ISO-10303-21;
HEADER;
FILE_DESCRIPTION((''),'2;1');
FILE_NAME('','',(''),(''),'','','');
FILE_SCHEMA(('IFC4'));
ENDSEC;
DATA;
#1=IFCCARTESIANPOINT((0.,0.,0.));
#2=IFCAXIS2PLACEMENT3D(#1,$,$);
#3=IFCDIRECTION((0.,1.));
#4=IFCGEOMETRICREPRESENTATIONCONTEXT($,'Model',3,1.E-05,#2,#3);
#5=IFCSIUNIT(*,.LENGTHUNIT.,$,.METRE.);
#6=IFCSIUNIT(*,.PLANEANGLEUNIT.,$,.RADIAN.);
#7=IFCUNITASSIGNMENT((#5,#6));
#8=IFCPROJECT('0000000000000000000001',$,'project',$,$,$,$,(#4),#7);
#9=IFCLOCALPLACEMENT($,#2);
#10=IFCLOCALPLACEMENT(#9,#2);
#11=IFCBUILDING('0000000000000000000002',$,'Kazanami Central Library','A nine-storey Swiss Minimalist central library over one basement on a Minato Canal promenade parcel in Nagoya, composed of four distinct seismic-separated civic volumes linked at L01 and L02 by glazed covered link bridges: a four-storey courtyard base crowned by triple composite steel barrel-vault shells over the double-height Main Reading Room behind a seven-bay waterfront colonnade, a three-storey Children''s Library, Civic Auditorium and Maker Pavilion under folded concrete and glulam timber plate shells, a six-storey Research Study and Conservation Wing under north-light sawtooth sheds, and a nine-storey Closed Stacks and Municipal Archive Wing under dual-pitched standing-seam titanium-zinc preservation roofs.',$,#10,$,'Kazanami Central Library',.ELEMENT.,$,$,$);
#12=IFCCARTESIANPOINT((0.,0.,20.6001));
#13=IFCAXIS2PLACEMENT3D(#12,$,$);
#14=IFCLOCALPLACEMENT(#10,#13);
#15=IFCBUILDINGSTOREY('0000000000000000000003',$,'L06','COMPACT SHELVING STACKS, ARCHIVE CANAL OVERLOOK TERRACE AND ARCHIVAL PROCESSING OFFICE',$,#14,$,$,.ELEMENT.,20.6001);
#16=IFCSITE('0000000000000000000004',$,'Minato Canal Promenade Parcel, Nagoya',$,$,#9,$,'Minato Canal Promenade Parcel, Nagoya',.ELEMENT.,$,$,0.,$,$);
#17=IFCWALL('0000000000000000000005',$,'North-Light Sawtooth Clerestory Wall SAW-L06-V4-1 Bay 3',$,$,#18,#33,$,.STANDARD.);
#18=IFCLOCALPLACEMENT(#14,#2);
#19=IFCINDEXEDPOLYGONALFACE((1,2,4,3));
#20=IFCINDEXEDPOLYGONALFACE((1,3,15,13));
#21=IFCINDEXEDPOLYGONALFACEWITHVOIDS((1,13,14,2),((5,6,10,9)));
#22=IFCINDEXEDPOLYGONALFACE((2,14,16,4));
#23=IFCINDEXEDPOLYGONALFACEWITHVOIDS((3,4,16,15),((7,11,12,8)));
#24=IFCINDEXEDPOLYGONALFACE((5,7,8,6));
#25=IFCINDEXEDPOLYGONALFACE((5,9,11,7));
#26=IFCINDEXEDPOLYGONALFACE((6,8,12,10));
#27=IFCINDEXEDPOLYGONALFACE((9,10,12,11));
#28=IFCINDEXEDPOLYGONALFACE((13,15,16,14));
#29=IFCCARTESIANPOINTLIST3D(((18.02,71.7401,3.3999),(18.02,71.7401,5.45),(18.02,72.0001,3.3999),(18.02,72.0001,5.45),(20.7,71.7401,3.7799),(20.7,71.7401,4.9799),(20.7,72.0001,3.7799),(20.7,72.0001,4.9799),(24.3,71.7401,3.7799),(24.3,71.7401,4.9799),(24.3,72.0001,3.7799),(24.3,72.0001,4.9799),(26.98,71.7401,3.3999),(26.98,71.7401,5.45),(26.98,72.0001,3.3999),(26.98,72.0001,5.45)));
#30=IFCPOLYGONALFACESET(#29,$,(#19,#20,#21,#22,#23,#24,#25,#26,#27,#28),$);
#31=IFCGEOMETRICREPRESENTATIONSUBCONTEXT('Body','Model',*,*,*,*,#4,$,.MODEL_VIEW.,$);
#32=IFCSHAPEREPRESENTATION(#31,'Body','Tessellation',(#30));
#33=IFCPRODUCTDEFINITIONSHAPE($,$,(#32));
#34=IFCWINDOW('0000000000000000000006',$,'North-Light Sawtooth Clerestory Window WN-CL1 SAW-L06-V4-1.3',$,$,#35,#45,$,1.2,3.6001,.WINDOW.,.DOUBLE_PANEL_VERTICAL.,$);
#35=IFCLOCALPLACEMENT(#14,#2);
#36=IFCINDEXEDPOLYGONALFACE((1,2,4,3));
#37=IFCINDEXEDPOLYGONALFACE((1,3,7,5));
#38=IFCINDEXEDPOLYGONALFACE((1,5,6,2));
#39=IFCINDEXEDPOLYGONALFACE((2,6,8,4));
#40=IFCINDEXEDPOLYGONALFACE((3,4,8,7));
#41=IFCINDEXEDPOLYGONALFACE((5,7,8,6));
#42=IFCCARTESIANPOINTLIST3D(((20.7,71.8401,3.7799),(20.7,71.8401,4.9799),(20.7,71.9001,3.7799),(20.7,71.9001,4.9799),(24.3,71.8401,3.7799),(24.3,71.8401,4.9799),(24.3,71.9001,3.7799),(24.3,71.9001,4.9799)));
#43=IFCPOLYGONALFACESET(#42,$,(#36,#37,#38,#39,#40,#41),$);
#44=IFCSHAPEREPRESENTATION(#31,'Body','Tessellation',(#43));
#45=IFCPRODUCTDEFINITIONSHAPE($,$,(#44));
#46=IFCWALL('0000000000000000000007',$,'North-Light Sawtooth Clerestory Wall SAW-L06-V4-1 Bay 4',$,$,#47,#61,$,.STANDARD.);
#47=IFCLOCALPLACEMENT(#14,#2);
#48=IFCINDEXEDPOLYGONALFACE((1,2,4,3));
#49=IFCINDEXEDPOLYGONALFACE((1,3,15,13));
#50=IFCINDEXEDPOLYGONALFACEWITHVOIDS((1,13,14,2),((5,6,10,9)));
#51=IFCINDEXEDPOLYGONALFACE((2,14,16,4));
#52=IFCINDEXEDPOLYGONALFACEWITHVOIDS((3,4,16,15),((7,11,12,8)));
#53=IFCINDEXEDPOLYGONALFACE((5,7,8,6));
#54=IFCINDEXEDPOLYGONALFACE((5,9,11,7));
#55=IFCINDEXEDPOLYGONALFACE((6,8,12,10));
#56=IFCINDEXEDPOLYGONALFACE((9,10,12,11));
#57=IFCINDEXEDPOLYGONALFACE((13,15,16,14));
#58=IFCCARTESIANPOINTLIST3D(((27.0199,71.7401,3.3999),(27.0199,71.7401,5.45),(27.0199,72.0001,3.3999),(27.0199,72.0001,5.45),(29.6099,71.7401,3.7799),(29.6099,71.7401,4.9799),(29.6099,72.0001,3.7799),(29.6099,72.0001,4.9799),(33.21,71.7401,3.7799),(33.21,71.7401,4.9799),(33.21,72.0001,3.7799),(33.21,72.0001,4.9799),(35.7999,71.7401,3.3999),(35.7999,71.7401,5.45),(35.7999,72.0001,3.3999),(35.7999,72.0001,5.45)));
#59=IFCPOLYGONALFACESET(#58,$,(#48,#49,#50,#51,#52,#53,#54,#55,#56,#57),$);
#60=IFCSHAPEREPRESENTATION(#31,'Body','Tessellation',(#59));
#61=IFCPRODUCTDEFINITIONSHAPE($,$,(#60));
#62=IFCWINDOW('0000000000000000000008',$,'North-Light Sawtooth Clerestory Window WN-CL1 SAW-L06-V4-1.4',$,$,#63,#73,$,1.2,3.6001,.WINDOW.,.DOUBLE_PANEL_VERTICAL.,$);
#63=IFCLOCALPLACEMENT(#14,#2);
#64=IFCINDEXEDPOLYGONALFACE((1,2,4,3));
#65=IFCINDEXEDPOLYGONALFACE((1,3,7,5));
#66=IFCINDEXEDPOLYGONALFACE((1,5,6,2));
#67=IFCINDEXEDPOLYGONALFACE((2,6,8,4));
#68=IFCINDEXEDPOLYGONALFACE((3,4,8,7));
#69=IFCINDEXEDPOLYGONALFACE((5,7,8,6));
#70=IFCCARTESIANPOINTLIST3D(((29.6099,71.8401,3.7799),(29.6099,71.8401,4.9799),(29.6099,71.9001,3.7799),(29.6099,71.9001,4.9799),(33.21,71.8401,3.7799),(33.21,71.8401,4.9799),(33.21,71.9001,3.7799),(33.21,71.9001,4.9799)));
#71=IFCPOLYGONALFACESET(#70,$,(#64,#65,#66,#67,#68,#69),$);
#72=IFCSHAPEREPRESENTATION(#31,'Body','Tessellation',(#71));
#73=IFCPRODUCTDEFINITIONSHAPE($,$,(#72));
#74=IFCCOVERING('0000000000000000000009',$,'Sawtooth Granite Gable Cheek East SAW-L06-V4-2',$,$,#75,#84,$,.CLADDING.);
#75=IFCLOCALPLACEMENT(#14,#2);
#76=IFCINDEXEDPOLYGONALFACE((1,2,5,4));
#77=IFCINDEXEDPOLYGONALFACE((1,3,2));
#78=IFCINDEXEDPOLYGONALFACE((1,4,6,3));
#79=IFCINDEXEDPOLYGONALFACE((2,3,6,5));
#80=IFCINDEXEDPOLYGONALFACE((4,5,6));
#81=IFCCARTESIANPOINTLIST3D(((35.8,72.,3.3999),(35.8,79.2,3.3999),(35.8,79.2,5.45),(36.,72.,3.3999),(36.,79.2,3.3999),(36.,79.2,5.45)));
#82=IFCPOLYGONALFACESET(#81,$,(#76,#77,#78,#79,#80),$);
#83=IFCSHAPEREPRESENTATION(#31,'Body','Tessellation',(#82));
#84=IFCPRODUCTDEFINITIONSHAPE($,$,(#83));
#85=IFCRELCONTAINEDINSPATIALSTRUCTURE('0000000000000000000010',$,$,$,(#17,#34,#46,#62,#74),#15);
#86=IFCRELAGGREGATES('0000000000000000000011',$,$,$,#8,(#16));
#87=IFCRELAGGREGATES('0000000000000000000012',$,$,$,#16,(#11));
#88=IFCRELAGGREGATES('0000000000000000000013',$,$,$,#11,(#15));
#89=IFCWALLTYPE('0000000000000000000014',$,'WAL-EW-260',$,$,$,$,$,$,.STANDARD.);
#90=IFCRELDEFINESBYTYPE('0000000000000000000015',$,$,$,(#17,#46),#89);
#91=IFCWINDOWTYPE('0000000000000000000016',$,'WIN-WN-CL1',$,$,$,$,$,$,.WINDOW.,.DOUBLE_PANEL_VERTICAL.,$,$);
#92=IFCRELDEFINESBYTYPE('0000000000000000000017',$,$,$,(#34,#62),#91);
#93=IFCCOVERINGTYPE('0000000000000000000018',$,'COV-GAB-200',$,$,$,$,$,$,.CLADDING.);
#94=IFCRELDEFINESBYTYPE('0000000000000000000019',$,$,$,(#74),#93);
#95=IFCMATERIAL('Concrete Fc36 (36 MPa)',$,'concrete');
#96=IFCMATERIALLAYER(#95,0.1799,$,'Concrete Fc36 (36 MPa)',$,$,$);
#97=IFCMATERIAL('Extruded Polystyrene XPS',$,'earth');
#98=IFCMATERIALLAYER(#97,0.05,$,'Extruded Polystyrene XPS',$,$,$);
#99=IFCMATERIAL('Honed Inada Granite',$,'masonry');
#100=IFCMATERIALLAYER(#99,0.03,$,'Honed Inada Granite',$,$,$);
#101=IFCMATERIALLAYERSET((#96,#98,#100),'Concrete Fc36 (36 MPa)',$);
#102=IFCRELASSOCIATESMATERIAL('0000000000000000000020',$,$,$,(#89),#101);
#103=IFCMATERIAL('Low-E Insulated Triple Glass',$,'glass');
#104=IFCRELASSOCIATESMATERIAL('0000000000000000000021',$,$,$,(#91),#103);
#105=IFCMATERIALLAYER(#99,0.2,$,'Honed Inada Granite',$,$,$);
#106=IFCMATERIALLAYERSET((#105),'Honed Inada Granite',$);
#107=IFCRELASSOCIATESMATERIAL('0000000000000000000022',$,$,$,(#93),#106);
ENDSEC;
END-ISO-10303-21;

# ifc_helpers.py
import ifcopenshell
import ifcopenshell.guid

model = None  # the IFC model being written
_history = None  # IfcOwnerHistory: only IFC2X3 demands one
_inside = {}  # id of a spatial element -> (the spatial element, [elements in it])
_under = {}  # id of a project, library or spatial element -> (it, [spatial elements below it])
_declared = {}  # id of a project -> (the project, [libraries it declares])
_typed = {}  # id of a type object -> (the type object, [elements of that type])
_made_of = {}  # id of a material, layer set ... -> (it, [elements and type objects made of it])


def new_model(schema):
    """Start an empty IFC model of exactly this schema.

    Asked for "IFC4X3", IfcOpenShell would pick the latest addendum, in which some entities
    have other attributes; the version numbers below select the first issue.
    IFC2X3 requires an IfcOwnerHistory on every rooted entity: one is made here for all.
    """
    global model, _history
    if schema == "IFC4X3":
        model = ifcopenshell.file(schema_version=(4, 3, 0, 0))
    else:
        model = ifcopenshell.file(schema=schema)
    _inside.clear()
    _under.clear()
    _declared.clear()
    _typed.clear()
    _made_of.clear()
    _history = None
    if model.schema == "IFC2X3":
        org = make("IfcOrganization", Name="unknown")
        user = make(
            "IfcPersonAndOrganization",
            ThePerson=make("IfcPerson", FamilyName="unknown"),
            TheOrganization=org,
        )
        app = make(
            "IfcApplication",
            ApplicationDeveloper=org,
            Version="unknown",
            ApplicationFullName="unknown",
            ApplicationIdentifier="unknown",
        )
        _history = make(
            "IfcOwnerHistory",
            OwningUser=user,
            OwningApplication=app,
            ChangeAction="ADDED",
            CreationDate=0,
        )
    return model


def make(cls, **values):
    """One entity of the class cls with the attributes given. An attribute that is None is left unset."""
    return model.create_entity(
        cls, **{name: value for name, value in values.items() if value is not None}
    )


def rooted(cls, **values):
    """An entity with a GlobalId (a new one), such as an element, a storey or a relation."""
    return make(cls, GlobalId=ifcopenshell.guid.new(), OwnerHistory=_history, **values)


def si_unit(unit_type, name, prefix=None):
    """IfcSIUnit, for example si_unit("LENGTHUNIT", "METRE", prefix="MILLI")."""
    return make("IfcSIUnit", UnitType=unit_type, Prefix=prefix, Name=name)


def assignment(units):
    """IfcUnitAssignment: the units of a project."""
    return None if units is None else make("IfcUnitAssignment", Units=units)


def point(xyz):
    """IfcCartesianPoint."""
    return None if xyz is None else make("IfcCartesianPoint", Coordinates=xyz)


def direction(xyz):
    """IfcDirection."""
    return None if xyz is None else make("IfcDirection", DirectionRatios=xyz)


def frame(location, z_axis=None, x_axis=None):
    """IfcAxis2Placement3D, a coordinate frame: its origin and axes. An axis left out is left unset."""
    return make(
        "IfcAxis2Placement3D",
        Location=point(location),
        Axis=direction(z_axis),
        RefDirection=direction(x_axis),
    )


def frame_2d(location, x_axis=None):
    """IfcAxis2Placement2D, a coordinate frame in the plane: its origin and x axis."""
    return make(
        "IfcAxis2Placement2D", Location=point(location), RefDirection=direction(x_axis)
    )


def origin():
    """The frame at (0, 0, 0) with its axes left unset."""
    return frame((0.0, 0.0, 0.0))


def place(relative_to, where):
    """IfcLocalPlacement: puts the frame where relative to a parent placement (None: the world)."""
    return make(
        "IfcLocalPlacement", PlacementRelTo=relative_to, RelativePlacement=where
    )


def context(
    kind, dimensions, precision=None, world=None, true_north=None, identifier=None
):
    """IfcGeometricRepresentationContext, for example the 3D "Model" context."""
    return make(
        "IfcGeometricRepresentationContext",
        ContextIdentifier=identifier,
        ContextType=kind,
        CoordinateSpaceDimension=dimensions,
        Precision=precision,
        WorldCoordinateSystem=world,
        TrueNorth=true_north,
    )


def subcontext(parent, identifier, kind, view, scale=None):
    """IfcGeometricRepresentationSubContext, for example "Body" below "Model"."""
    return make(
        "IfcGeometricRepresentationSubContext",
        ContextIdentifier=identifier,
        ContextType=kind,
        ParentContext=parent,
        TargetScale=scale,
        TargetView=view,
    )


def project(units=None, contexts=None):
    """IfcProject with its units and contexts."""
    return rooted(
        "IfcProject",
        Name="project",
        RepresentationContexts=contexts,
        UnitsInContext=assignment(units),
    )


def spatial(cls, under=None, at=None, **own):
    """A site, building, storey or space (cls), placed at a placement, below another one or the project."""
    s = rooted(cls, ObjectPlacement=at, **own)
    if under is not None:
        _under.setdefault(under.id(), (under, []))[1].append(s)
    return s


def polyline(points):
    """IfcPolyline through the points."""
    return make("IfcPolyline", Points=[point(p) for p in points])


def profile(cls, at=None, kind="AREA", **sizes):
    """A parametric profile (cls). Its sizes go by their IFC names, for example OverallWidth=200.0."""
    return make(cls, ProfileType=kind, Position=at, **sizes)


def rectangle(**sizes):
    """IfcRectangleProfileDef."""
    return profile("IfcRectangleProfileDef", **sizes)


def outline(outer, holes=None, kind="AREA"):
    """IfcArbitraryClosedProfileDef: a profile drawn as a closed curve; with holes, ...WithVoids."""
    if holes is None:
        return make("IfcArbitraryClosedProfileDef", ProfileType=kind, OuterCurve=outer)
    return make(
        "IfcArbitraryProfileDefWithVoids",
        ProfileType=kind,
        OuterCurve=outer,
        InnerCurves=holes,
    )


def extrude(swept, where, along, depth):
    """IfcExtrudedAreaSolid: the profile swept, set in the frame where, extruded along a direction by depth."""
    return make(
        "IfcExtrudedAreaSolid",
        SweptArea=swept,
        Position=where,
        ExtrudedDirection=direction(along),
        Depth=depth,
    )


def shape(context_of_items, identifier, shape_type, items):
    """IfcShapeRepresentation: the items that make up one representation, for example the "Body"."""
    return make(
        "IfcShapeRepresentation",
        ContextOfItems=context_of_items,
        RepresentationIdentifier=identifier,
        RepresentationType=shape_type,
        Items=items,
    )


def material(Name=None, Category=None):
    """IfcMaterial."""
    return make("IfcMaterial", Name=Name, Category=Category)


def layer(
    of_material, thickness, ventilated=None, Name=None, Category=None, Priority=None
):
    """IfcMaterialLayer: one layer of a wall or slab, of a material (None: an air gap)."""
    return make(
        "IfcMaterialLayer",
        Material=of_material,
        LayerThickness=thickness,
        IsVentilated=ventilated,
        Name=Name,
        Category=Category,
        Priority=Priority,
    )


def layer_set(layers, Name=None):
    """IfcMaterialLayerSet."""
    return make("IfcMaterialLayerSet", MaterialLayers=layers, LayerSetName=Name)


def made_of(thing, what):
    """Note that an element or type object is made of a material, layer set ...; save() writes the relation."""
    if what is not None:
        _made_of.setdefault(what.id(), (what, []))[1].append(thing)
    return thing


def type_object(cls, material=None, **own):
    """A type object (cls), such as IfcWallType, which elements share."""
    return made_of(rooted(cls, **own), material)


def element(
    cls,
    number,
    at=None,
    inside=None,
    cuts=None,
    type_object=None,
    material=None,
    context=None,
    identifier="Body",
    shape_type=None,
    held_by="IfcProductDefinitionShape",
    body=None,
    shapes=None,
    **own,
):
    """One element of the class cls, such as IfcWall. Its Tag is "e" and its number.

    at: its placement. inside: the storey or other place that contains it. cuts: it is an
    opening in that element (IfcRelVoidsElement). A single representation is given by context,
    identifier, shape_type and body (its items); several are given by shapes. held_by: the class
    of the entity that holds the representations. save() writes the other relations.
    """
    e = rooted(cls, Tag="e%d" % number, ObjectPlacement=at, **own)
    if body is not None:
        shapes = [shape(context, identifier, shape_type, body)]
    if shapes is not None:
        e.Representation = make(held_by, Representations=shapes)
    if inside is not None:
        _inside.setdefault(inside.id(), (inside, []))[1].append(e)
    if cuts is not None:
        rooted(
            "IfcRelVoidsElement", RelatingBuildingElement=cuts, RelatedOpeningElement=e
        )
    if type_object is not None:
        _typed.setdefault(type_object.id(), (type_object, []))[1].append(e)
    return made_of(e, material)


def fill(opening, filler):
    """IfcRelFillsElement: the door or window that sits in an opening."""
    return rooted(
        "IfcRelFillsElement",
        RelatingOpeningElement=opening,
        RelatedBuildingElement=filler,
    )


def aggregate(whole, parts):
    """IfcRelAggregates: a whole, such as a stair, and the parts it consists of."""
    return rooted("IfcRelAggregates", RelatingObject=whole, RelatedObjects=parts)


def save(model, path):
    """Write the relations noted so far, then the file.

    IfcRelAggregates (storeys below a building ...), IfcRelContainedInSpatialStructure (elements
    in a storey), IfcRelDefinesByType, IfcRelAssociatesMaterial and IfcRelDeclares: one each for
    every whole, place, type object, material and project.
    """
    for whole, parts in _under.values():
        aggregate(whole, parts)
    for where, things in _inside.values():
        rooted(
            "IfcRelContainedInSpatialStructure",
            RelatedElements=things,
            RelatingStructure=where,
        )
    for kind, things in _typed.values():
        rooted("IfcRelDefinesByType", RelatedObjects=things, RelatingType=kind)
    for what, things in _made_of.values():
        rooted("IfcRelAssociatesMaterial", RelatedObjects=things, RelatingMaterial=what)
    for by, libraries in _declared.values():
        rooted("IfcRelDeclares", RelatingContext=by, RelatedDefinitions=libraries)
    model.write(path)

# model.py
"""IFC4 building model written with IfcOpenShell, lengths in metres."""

from ifc_helpers import new_model, si_unit, direction, frame, frame_2d, origin, place, context, subcontext, project, spatial, polyline, rectangle, outline, extrude, material, layer, layer_set, type_object, element, fill, save


model = new_model("IFC4")

# Units and contexts
model_context = context("Model", 3, precision=1e-05, world=origin(), true_north=direction((0.0, 1.0)))
body_context = subcontext(model_context, "Body", "Model", "MODEL_VIEW")
ifc_project = project(units=[si_unit("LENGTHUNIT", "METRE"), si_unit("PLANEANGLEUNIT", "RADIAN")], contexts=[model_context])

# Site, building, storey
site_placement = place(None, origin())
site = spatial("IfcSite", under=ifc_project, at=site_placement, Name="Minato Canal Promenade Parcel, Nagoya", LongName="Minato Canal Promenade Parcel, Nagoya", CompositionType="ELEMENT", RefElevation=0.0)
building_placement = place(site_placement, origin())
building = spatial("IfcBuilding", under=site, at=building_placement, Name="Kazanami Central Library", Description="A nine-storey Swiss Minimalist central library over one basement on a Minato Canal promenade parcel in Nagoya, composed of four distinct seismic-separated civic volumes linked at L01 and L02 by glazed covered link bridges: a four-storey courtyard base crowned by triple composite steel barrel-vault shells over the double-height Main Reading Room behind a seven-bay waterfront colonnade, a three-storey Children's Library, Civic Auditorium and Maker Pavilion under folded concrete and glulam timber plate shells, a six-storey Research Study and Conservation Wing under north-light sawtooth sheds, and a nine-storey Closed Stacks and Municipal Archive Wing under dual-pitched standing-seam titanium-zinc preservation roofs.", LongName="Kazanami Central Library", CompositionType="ELEMENT")
storey_placement = place(building_placement, frame((0.0, 0.0, 20.6001)))
storey = spatial("IfcBuildingStorey", under=building, at=storey_placement, Name="L06", Description="COMPACT SHELVING STACKS, ARCHIVE CANAL OVERLOOK TERRACE AND ARCHIVAL PROCESSING OFFICE", CompositionType="ELEMENT", Elevation=20.6001)

# Shared definitions
ifc_material_1 = material(Name="Low-E Insulated Triple Glass", Category="glass")

# Walls, openings, windows
ifc_material_2 = material(Name="Concrete Fc36 (36 MPa)", Category="concrete")
ifc_layer_1 = layer(ifc_material_2, 0.1799, Name="Concrete Fc36 (36 MPa)")
ifc_material_3 = material(Name="Extruded Polystyrene XPS", Category="earth")
ifc_layer_2 = layer(ifc_material_3, 0.05, Name="Extruded Polystyrene XPS")
ifc_material_4 = material(Name="Honed Inada Granite", Category="masonry")
ifc_layer_3 = layer(ifc_material_4, 0.03, Name="Honed Inada Granite")
ifc_layer_set_1 = layer_set([ifc_layer_1, ifc_layer_2, ifc_layer_3], Name="Concrete Fc36 (36 MPa)")
wall_type = type_object("IfcWallType", Name="WAL-EW-260", PredefinedType="STANDARD", material=ifc_layer_set_1)
wall_1_placement = place(storey_placement, frame((26.98, 71.8701, 3.3999), z_axis=(0.0, 0.0, 1.0), x_axis=(-1.0, 0.0, 0.0)))
wall_1 = element("IfcWall", 1, at=wall_1_placement, inside=storey, type_object=wall_type, Name="North-Light Sawtooth Clerestory Wall SAW-L06-V4-1 Bay 3", PredefinedType="STANDARD", context=body_context, shape_type="SweptSolid", body=[
    extrude(rectangle(XDim=8.96, YDim=0.26, at=frame_2d((4.48, 0.0))), origin(), (0.0, 0.0, 1.0), 2.05),
])
opening_1_placement = place(wall_1_placement, frame((2.6799, 0.0, 0.3799)))
opening_1 = element("IfcOpeningElement", 2, at=opening_1_placement, cuts=wall_1, PredefinedType="OPENING", context=body_context, shape_type="SweptSolid", body=[
    extrude(rectangle(XDim=3.6001, YDim=1.2, at=frame_2d((1.8, 0.6001))), frame((0.0, 0.1421, 0.0), z_axis=(0.0, -1.0, 0.0), x_axis=(1.0, 0.0, 0.0)), (0.0, 0.0, 1.0), 0.2839),
])
window_type = type_object("IfcWindowType", Name="WIN-WN-CL1", PartitioningType="DOUBLE_PANEL_VERTICAL", PredefinedType="WINDOW", material=ifc_material_1)
window_1_placement = place(opening_1_placement, origin())
window_1 = element("IfcWindow", 3, at=window_1_placement, inside=storey, type_object=window_type, Name="North-Light Sawtooth Clerestory Window WN-CL1 SAW-L06-V4-1.3", OverallHeight=1.2, OverallWidth=3.6001, PartitioningType="DOUBLE_PANEL_VERTICAL", PredefinedType="WINDOW", context=body_context, shape_type="SweptSolid", body=[
    extrude(rectangle(XDim=3.6001, YDim=1.2, at=frame_2d((1.8, 0.6001))), frame((0.0, 0.03, 0.0), z_axis=(0.0, -1.0, 0.0), x_axis=(1.0, 0.0, 0.0)), (0.0, 0.0, 1.0), 0.0601),
])
fill(opening_1, window_1)
wall_2_placement = place(storey_placement, frame((35.8, 71.8701, 3.3999), z_axis=(0.0, 0.0, 1.0), x_axis=(-1.0, 0.0, 0.0)))
wall_2 = element("IfcWall", 4, at=wall_2_placement, inside=storey, type_object=wall_type, Name="North-Light Sawtooth Clerestory Wall SAW-L06-V4-1 Bay 4", PredefinedType="STANDARD", context=body_context, shape_type="SweptSolid", body=[
    extrude(rectangle(XDim=8.78, YDim=0.26, at=frame_2d((4.3901, 0.0))), origin(), (0.0, 0.0, 1.0), 2.05),
])
opening_2_placement = place(wall_2_placement, frame((2.5901, 0.0, 0.3799)))
opening_2 = element("IfcOpeningElement", 5, at=opening_2_placement, cuts=wall_2, PredefinedType="OPENING", context=body_context, shape_type="SweptSolid", body=[
    extrude(rectangle(XDim=3.6001, YDim=1.2, at=frame_2d((1.8, 0.6001))), frame((0.0, 0.1421, 0.0), z_axis=(0.0, -1.0, 0.0), x_axis=(1.0, 0.0, 0.0)), (0.0, 0.0, 1.0), 0.2839),
])
window_2_placement = place(opening_2_placement, origin())
window_2 = element("IfcWindow", 6, at=window_2_placement, inside=storey, type_object=window_type, Name="North-Light Sawtooth Clerestory Window WN-CL1 SAW-L06-V4-1.4", OverallHeight=1.2, OverallWidth=3.6001, PartitioningType="DOUBLE_PANEL_VERTICAL", PredefinedType="WINDOW", context=body_context, shape_type="SweptSolid", body=[
    extrude(rectangle(XDim=3.6001, YDim=1.2, at=frame_2d((1.8, 0.6001))), frame((0.0, 0.03, 0.0), z_axis=(0.0, -1.0, 0.0), x_axis=(1.0, 0.0, 0.0)), (0.0, 0.0, 1.0), 0.0601),
])
fill(opening_2, window_2)

# Covering
ifc_layer_4 = layer(ifc_material_4, 0.2, Name="Honed Inada Granite")
ifc_layer_set_2 = layer_set([ifc_layer_4], Name="Honed Inada Granite")
covering_type = type_object("IfcCoveringType", Name="COV-GAB-200", PredefinedType="CLADDING", material=ifc_layer_set_2)
covering_placement = place(storey_placement, frame((36.0, 72.0, 3.3999), z_axis=(1.0, 0.0, 0.0), x_axis=(0.0, 1.0, 0.0)))
element("IfcCovering", 7, at=covering_placement, inside=storey, type_object=covering_type, Name="Sawtooth Granite Gable Cheek East SAW-L06-V4-2", PredefinedType="CLADDING", context=body_context, shape_type="SweptSolid", body=[
    extrude(outline(polyline([(0.0, 0.0), (7.2, 0.0), (7.2, 2.05), (0.0, 0.0)])), origin(), (0.0, 0.0, -1.0), 0.2),
])

save(model, "model.ifc")
